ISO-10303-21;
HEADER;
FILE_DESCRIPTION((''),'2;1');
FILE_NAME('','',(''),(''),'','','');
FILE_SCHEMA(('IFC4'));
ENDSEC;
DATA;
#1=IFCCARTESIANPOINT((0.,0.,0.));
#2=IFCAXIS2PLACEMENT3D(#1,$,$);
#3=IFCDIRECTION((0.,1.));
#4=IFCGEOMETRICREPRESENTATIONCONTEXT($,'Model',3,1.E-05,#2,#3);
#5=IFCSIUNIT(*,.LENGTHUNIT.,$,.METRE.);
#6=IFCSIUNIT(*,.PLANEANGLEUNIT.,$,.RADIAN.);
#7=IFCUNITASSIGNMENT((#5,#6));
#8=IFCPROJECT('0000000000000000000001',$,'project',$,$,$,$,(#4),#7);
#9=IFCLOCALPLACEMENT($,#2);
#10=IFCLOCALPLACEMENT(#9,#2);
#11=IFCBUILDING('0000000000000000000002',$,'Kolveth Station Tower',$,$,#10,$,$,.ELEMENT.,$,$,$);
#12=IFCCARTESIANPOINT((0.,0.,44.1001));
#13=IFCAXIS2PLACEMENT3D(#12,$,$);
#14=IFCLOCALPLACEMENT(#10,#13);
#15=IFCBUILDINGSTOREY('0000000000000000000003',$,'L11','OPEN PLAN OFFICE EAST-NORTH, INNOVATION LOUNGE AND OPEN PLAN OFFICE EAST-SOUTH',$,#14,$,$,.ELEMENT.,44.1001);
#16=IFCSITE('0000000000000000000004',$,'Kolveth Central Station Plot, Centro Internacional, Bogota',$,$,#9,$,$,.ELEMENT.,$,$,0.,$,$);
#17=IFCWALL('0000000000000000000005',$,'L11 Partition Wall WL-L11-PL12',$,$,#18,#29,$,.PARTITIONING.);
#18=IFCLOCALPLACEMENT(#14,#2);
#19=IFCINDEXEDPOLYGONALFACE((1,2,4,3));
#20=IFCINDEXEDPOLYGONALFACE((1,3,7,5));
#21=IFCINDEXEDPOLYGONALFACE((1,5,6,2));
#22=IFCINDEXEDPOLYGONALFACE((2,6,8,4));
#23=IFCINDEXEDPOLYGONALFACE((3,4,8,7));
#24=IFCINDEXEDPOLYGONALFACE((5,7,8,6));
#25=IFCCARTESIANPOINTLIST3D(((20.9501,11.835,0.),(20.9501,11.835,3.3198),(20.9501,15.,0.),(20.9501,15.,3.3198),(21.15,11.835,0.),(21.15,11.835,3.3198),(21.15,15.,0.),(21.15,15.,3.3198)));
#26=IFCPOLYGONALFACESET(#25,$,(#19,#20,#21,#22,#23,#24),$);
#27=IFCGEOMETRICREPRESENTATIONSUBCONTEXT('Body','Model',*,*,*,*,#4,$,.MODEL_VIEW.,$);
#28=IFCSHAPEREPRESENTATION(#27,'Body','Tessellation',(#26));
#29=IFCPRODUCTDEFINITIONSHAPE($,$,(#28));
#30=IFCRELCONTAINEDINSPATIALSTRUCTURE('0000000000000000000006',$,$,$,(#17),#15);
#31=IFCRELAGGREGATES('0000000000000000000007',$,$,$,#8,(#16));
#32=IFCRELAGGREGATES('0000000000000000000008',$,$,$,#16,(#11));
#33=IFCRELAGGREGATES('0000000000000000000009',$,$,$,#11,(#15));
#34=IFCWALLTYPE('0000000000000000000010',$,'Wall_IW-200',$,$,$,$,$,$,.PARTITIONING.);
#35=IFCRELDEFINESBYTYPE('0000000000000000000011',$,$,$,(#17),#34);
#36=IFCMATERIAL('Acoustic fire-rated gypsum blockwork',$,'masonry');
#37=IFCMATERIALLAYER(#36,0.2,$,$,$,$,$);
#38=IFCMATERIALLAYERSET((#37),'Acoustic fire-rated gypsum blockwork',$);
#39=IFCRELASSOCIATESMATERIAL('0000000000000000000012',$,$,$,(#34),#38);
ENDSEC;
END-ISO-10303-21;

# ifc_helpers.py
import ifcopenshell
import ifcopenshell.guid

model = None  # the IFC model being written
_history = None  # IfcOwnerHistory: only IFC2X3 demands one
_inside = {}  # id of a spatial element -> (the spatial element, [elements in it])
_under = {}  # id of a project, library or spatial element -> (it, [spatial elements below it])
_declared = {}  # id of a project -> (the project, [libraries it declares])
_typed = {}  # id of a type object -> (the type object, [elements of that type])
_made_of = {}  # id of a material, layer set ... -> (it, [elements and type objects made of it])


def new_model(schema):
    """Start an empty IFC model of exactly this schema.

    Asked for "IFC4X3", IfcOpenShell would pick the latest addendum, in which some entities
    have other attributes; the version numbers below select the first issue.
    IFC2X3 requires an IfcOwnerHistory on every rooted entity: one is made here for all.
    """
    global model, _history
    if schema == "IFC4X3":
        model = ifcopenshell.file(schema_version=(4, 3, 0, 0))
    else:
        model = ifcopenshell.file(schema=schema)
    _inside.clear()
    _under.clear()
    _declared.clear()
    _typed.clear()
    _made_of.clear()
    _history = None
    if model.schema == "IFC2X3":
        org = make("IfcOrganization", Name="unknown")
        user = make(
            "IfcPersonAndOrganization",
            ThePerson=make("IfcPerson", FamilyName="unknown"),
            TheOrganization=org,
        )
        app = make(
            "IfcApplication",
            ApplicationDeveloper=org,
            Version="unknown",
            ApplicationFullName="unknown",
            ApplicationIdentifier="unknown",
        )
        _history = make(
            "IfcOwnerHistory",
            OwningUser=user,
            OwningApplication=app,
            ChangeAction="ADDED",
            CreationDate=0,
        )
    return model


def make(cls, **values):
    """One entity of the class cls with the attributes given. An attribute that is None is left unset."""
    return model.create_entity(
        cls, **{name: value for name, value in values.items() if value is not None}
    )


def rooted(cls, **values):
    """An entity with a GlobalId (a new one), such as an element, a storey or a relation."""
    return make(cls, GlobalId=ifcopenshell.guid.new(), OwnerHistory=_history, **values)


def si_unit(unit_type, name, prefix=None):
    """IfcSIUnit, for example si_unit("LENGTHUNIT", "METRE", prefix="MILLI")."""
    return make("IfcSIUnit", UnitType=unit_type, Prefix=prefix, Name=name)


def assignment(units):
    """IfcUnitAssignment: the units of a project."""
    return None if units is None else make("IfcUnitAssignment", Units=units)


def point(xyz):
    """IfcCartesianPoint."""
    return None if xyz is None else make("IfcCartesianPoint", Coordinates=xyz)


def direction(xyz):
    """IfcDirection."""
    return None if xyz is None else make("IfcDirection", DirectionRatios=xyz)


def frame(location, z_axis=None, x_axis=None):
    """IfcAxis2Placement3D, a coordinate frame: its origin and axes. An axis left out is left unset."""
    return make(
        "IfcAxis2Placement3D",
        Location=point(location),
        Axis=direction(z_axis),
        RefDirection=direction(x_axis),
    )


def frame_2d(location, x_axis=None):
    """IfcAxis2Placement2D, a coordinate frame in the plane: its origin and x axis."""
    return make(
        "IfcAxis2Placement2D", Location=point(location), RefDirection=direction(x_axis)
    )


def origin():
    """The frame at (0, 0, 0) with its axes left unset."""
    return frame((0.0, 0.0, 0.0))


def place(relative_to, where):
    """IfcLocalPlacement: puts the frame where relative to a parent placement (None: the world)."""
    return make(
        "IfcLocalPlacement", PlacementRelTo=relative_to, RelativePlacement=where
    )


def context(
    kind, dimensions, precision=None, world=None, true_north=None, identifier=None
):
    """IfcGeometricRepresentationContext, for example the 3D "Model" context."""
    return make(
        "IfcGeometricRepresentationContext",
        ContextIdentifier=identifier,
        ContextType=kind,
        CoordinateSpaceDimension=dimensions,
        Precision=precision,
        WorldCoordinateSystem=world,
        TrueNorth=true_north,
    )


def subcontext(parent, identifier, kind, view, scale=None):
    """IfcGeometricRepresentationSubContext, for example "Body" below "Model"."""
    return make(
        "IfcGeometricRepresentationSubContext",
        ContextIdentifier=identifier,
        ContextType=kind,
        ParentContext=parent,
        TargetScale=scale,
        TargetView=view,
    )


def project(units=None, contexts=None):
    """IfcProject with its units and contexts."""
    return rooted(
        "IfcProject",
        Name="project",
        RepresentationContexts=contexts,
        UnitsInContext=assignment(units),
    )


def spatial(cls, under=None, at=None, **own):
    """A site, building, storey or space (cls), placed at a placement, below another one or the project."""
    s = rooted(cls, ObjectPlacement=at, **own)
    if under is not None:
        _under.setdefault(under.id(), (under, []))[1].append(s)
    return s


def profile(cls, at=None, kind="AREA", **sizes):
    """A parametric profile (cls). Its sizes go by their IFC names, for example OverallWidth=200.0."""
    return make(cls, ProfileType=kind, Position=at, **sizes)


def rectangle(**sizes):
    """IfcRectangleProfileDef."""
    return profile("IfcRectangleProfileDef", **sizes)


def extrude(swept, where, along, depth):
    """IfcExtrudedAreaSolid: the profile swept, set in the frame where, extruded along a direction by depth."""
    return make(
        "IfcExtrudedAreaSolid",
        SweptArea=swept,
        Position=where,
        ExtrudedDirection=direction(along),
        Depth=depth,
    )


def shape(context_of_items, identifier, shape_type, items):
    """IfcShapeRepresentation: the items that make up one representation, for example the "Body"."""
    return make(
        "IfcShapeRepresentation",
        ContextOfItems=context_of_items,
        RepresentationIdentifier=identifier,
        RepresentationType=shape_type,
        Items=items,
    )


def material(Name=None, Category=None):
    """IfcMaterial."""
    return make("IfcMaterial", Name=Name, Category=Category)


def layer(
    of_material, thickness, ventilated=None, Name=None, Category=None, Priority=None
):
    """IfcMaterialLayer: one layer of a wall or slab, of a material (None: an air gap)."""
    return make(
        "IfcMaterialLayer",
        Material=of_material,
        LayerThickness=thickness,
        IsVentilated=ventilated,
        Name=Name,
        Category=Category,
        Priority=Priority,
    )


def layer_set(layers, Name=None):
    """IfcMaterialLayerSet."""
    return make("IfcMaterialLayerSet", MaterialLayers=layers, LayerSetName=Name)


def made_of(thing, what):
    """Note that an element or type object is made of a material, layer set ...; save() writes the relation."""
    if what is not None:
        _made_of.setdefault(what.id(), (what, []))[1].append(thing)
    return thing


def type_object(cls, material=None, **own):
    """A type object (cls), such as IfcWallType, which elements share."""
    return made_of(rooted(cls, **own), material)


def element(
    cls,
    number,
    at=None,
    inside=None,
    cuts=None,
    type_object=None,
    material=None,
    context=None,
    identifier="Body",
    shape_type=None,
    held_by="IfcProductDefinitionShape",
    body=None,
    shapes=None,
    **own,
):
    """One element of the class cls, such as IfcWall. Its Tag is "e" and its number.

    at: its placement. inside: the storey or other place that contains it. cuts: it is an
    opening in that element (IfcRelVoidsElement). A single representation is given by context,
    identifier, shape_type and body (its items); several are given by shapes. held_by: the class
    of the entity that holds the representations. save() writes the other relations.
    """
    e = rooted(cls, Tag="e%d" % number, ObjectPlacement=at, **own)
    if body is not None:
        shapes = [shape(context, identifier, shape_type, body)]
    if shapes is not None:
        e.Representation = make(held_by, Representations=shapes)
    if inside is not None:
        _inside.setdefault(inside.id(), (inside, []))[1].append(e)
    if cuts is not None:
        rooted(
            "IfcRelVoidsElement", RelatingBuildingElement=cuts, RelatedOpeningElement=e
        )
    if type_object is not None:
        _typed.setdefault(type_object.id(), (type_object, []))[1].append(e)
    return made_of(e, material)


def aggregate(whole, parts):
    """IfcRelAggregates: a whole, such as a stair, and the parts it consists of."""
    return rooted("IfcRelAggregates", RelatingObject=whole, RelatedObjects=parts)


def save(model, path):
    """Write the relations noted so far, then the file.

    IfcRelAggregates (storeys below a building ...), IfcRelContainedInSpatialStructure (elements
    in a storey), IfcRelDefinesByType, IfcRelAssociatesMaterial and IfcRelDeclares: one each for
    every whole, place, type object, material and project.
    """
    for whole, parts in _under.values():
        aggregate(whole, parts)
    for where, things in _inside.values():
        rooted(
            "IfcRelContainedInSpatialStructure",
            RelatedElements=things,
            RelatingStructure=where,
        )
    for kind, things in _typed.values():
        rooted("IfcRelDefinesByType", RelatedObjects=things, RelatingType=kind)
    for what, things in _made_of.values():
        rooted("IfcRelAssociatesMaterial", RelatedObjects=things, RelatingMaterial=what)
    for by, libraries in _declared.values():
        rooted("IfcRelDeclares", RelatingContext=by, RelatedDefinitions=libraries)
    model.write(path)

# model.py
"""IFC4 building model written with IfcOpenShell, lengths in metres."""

from ifc_helpers import new_model, si_unit, direction, frame, frame_2d, origin, place, context, subcontext, project, spatial, rectangle, extrude, material, layer, layer_set, type_object, element, save


model = new_model("IFC4")

# Units and contexts
model_context = context("Model", 3, precision=1e-05, world=origin(), true_north=direction((0.0, 1.0)))
body_context = subcontext(model_context, "Body", "Model", "MODEL_VIEW")
ifc_project = project(units=[si_unit("LENGTHUNIT", "METRE"), si_unit("PLANEANGLEUNIT", "RADIAN")], contexts=[model_context])

# Site, building, storey
site_placement = place(None, origin())
site = spatial("IfcSite", under=ifc_project, at=site_placement, Name="Kolveth Central Station Plot, Centro Internacional, Bogota", CompositionType="ELEMENT", RefElevation=0.0)
building_placement = place(site_placement, origin())
building = spatial("IfcBuilding", under=site, at=building_placement, Name="Kolveth Station Tower", CompositionType="ELEMENT")
storey_placement = place(building_placement, frame((0.0, 0.0, 44.1001)))
storey = spatial("IfcBuildingStorey", under=building, at=storey_placement, Name="L11", Description="OPEN PLAN OFFICE EAST-NORTH, INNOVATION LOUNGE AND OPEN PLAN OFFICE EAST-SOUTH", CompositionType="ELEMENT", Elevation=44.1001)

# Shared definitions
ifc_material_1 = material(Name="Acoustic fire-rated gypsum blockwork", Category="masonry")
ifc_layer_1 = layer(ifc_material_1, 0.2)
ifc_layer_set_1 = layer_set([ifc_layer_1], Name="Acoustic fire-rated gypsum blockwork")
wall_type_1 = type_object("IfcWallType", Name="Wall_IW-200", PredefinedType="PARTITIONING", material=ifc_layer_set_1)

# Wall
wall_1_placement = place(storey_placement, frame((21.05, 11.835, 0.0), z_axis=(0.0, 0.0, 1.0), x_axis=(0.0, 1.0, 0.0)))
element("IfcWall", 1, at=wall_1_placement, inside=storey, type_object=wall_type_1, Name="L11 Partition Wall WL-L11-PL12", PredefinedType="PARTITIONING", context=body_context, shape_type="SweptSolid", body=[
    extrude(rectangle(XDim=3.165, YDim=0.2, at=frame_2d((1.5825, 0.0))), origin(), (0.0, 0.0, 1.0), 3.3198),
])

save(model, "model.ifc")
